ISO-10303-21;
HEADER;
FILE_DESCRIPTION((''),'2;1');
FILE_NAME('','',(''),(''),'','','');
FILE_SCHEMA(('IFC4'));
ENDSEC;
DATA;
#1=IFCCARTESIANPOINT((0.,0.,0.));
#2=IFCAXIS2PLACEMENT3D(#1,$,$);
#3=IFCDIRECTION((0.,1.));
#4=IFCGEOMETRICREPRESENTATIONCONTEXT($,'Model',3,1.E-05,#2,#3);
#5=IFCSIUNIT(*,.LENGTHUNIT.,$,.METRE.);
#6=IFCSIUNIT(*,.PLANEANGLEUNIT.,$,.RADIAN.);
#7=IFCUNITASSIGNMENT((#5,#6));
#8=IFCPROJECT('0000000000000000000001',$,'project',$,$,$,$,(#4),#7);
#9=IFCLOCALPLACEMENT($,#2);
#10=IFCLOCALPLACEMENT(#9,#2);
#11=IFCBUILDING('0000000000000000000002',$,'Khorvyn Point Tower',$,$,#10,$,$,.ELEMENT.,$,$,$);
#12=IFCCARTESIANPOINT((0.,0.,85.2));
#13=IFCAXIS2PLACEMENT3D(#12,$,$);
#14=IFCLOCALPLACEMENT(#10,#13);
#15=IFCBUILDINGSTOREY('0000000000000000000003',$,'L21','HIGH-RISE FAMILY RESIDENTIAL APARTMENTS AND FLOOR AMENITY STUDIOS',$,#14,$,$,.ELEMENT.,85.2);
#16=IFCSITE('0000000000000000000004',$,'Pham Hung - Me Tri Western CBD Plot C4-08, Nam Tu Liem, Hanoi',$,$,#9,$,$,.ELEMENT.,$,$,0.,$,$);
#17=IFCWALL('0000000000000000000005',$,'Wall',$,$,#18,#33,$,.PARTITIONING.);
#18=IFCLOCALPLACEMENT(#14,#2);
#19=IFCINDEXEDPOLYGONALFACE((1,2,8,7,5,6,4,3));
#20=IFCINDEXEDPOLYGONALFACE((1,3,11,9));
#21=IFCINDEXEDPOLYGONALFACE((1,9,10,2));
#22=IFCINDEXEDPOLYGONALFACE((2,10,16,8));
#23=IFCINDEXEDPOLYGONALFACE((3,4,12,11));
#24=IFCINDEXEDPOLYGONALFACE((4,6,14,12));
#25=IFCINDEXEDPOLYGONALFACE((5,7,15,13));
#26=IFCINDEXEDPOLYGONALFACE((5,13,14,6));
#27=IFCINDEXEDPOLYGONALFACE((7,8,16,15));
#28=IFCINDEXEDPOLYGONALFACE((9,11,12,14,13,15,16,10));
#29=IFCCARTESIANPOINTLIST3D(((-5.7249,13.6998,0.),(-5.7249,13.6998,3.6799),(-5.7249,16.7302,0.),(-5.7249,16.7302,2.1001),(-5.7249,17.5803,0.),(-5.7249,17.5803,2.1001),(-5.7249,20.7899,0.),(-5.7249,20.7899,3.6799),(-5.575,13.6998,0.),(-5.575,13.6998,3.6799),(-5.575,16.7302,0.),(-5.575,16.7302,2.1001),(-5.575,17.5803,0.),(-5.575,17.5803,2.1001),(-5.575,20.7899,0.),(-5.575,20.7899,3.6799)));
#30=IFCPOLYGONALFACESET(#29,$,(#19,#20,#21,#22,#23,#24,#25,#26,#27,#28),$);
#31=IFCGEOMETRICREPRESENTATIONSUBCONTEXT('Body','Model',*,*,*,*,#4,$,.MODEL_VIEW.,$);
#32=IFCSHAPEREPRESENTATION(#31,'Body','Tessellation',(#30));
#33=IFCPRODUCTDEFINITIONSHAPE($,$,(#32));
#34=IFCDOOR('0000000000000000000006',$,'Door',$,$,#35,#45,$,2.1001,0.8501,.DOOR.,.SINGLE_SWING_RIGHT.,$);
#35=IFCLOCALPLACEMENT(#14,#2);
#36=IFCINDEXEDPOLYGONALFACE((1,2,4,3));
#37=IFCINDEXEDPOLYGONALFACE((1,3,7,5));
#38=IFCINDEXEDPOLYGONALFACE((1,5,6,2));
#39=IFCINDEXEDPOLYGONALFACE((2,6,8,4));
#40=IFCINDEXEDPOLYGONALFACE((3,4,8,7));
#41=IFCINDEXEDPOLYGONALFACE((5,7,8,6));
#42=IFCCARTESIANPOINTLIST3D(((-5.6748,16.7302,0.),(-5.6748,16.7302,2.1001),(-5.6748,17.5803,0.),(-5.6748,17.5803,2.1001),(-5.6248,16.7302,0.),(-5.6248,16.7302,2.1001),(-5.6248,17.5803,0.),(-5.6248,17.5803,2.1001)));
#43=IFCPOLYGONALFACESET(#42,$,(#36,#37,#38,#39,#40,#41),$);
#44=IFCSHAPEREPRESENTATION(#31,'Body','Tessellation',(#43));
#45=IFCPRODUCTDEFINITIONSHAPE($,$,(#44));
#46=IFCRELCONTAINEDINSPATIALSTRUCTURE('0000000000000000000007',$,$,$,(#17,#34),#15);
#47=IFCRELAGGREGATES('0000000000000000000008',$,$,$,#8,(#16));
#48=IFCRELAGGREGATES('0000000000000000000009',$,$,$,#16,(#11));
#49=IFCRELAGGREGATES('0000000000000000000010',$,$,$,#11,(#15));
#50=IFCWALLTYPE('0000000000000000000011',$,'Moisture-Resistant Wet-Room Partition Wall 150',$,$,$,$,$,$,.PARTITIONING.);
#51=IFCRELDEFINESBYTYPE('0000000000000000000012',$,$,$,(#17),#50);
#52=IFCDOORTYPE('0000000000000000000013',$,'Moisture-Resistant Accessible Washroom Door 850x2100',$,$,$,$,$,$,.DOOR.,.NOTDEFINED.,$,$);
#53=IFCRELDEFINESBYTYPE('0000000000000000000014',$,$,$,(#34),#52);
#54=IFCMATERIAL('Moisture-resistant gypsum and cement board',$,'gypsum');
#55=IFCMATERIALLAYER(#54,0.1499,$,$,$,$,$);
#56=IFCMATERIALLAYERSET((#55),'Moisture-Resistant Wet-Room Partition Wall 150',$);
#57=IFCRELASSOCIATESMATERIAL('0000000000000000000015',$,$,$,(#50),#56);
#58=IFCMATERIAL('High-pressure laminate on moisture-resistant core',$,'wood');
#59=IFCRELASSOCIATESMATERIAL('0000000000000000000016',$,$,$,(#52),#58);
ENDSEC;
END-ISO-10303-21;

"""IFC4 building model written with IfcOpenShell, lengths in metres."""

from ifc_helpers import new_model, si_unit, direction, frame, frame_2d, origin, place, context, subcontext, project, spatial, rectangle, extrude, material, layer, layer_set, type_object, element, fill, save


model = new_model("IFC4")

# Units and contexts
model_context = context("Model", 3, precision=1e-05, world=origin(), true_north=direction((0.0, 1.0)))
body_context = subcontext(model_context, "Body", "Model", "MODEL_VIEW")
ifc_project = project(units=[si_unit("LENGTHUNIT", "METRE"), si_unit("PLANEANGLEUNIT", "RADIAN")], contexts=[model_context])

# Site, building, storey
site_placement = place(None, origin())
site = spatial("IfcSite", under=ifc_project, at=site_placement, Name="Pham Hung - Me Tri Western CBD Plot C4-08, Nam Tu Liem, Hanoi", CompositionType="ELEMENT", RefElevation=0.0)
building_placement = place(site_placement, origin())
building = spatial("IfcBuilding", under=site, at=building_placement, Name="Khorvyn Point Tower", CompositionType="ELEMENT")
storey_placement = place(building_placement, frame((0.0, 0.0, 85.2)))
storey = spatial("IfcBuildingStorey", under=building, at=storey_placement, Name="L21", Description="HIGH-RISE FAMILY RESIDENTIAL APARTMENTS AND FLOOR AMENITY STUDIOS", CompositionType="ELEMENT", Elevation=85.2)

# Wall, opening, door
ifc_material_1 = material(Name="Moisture-resistant gypsum and cement board", Category="gypsum")
ifc_layer_1 = layer(ifc_material_1, 0.1499)
ifc_layer_set_1 = layer_set([ifc_layer_1], Name="Moisture-Resistant Wet-Room Partition Wall 150")
wall_type_1 = type_object("IfcWallType", Name="Moisture-Resistant Wet-Room Partition Wall 150", PredefinedType="PARTITIONING", material=ifc_layer_set_1)
wall_1_placement = place(storey_placement, frame((-5.6499, 13.7, 0.0), z_axis=(0.0, 0.0, 1.0), x_axis=(0.0, 1.0, 0.0)))
wall_1 = element("IfcWall", 1, at=wall_1_placement, inside=storey, type_object=wall_type_1, Name="Wall", PredefinedType="PARTITIONING", context=body_context, shape_type="SweptSolid", body=[
    extrude(rectangle(XDim=7.0901, YDim=0.1499, at=frame_2d((3.5449, 0.0))), origin(), (0.0, 0.0, 1.0), 3.6799),
])
opening_1_placement = place(wall_1_placement, frame((3.0303, 0.0, 0.0)))
opening_1 = element("IfcOpeningElement", 2, at=opening_1_placement, cuts=wall_1, PredefinedType="OPENING", context=body_context, shape_type="SweptSolid", body=[
    extrude(rectangle(XDim=0.8501, YDim=2.1001, at=frame_2d((0.425, 1.05))), frame((0.0, 0.085, 0.0), z_axis=(0.0, -1.0, 0.0), x_axis=(1.0, 0.0, 0.0)), (0.0, 0.0, 1.0), 0.1699),
])
ifc_material_2 = material(Name="High-pressure laminate on moisture-resistant core", Category="wood")
door_type_1 = type_object("IfcDoorType", Name="Moisture-Resistant Accessible Washroom Door 850x2100", OperationType="NOTDEFINED", PredefinedType="DOOR", material=ifc_material_2)
door_1_placement = place(opening_1_placement, origin())
door_1 = element("IfcDoor", 3, at=door_1_placement, inside=storey, type_object=door_type_1, Name="Door", OperationType="SINGLE_SWING_RIGHT", OverallHeight=2.1001, OverallWidth=0.8501, PredefinedType="DOOR", context=body_context, shape_type="SweptSolid", body=[
    extrude(rectangle(XDim=0.8501, YDim=2.1001, at=frame_2d((0.425, 1.05))), frame((0.0, 0.0249, 0.0), z_axis=(0.0, -1.0, 0.0), x_axis=(1.0, 0.0, 0.0)), (0.0, 0.0, 1.0), 0.05),
])
fill(opening_1, door_1)

save(model, "model.ifc")
